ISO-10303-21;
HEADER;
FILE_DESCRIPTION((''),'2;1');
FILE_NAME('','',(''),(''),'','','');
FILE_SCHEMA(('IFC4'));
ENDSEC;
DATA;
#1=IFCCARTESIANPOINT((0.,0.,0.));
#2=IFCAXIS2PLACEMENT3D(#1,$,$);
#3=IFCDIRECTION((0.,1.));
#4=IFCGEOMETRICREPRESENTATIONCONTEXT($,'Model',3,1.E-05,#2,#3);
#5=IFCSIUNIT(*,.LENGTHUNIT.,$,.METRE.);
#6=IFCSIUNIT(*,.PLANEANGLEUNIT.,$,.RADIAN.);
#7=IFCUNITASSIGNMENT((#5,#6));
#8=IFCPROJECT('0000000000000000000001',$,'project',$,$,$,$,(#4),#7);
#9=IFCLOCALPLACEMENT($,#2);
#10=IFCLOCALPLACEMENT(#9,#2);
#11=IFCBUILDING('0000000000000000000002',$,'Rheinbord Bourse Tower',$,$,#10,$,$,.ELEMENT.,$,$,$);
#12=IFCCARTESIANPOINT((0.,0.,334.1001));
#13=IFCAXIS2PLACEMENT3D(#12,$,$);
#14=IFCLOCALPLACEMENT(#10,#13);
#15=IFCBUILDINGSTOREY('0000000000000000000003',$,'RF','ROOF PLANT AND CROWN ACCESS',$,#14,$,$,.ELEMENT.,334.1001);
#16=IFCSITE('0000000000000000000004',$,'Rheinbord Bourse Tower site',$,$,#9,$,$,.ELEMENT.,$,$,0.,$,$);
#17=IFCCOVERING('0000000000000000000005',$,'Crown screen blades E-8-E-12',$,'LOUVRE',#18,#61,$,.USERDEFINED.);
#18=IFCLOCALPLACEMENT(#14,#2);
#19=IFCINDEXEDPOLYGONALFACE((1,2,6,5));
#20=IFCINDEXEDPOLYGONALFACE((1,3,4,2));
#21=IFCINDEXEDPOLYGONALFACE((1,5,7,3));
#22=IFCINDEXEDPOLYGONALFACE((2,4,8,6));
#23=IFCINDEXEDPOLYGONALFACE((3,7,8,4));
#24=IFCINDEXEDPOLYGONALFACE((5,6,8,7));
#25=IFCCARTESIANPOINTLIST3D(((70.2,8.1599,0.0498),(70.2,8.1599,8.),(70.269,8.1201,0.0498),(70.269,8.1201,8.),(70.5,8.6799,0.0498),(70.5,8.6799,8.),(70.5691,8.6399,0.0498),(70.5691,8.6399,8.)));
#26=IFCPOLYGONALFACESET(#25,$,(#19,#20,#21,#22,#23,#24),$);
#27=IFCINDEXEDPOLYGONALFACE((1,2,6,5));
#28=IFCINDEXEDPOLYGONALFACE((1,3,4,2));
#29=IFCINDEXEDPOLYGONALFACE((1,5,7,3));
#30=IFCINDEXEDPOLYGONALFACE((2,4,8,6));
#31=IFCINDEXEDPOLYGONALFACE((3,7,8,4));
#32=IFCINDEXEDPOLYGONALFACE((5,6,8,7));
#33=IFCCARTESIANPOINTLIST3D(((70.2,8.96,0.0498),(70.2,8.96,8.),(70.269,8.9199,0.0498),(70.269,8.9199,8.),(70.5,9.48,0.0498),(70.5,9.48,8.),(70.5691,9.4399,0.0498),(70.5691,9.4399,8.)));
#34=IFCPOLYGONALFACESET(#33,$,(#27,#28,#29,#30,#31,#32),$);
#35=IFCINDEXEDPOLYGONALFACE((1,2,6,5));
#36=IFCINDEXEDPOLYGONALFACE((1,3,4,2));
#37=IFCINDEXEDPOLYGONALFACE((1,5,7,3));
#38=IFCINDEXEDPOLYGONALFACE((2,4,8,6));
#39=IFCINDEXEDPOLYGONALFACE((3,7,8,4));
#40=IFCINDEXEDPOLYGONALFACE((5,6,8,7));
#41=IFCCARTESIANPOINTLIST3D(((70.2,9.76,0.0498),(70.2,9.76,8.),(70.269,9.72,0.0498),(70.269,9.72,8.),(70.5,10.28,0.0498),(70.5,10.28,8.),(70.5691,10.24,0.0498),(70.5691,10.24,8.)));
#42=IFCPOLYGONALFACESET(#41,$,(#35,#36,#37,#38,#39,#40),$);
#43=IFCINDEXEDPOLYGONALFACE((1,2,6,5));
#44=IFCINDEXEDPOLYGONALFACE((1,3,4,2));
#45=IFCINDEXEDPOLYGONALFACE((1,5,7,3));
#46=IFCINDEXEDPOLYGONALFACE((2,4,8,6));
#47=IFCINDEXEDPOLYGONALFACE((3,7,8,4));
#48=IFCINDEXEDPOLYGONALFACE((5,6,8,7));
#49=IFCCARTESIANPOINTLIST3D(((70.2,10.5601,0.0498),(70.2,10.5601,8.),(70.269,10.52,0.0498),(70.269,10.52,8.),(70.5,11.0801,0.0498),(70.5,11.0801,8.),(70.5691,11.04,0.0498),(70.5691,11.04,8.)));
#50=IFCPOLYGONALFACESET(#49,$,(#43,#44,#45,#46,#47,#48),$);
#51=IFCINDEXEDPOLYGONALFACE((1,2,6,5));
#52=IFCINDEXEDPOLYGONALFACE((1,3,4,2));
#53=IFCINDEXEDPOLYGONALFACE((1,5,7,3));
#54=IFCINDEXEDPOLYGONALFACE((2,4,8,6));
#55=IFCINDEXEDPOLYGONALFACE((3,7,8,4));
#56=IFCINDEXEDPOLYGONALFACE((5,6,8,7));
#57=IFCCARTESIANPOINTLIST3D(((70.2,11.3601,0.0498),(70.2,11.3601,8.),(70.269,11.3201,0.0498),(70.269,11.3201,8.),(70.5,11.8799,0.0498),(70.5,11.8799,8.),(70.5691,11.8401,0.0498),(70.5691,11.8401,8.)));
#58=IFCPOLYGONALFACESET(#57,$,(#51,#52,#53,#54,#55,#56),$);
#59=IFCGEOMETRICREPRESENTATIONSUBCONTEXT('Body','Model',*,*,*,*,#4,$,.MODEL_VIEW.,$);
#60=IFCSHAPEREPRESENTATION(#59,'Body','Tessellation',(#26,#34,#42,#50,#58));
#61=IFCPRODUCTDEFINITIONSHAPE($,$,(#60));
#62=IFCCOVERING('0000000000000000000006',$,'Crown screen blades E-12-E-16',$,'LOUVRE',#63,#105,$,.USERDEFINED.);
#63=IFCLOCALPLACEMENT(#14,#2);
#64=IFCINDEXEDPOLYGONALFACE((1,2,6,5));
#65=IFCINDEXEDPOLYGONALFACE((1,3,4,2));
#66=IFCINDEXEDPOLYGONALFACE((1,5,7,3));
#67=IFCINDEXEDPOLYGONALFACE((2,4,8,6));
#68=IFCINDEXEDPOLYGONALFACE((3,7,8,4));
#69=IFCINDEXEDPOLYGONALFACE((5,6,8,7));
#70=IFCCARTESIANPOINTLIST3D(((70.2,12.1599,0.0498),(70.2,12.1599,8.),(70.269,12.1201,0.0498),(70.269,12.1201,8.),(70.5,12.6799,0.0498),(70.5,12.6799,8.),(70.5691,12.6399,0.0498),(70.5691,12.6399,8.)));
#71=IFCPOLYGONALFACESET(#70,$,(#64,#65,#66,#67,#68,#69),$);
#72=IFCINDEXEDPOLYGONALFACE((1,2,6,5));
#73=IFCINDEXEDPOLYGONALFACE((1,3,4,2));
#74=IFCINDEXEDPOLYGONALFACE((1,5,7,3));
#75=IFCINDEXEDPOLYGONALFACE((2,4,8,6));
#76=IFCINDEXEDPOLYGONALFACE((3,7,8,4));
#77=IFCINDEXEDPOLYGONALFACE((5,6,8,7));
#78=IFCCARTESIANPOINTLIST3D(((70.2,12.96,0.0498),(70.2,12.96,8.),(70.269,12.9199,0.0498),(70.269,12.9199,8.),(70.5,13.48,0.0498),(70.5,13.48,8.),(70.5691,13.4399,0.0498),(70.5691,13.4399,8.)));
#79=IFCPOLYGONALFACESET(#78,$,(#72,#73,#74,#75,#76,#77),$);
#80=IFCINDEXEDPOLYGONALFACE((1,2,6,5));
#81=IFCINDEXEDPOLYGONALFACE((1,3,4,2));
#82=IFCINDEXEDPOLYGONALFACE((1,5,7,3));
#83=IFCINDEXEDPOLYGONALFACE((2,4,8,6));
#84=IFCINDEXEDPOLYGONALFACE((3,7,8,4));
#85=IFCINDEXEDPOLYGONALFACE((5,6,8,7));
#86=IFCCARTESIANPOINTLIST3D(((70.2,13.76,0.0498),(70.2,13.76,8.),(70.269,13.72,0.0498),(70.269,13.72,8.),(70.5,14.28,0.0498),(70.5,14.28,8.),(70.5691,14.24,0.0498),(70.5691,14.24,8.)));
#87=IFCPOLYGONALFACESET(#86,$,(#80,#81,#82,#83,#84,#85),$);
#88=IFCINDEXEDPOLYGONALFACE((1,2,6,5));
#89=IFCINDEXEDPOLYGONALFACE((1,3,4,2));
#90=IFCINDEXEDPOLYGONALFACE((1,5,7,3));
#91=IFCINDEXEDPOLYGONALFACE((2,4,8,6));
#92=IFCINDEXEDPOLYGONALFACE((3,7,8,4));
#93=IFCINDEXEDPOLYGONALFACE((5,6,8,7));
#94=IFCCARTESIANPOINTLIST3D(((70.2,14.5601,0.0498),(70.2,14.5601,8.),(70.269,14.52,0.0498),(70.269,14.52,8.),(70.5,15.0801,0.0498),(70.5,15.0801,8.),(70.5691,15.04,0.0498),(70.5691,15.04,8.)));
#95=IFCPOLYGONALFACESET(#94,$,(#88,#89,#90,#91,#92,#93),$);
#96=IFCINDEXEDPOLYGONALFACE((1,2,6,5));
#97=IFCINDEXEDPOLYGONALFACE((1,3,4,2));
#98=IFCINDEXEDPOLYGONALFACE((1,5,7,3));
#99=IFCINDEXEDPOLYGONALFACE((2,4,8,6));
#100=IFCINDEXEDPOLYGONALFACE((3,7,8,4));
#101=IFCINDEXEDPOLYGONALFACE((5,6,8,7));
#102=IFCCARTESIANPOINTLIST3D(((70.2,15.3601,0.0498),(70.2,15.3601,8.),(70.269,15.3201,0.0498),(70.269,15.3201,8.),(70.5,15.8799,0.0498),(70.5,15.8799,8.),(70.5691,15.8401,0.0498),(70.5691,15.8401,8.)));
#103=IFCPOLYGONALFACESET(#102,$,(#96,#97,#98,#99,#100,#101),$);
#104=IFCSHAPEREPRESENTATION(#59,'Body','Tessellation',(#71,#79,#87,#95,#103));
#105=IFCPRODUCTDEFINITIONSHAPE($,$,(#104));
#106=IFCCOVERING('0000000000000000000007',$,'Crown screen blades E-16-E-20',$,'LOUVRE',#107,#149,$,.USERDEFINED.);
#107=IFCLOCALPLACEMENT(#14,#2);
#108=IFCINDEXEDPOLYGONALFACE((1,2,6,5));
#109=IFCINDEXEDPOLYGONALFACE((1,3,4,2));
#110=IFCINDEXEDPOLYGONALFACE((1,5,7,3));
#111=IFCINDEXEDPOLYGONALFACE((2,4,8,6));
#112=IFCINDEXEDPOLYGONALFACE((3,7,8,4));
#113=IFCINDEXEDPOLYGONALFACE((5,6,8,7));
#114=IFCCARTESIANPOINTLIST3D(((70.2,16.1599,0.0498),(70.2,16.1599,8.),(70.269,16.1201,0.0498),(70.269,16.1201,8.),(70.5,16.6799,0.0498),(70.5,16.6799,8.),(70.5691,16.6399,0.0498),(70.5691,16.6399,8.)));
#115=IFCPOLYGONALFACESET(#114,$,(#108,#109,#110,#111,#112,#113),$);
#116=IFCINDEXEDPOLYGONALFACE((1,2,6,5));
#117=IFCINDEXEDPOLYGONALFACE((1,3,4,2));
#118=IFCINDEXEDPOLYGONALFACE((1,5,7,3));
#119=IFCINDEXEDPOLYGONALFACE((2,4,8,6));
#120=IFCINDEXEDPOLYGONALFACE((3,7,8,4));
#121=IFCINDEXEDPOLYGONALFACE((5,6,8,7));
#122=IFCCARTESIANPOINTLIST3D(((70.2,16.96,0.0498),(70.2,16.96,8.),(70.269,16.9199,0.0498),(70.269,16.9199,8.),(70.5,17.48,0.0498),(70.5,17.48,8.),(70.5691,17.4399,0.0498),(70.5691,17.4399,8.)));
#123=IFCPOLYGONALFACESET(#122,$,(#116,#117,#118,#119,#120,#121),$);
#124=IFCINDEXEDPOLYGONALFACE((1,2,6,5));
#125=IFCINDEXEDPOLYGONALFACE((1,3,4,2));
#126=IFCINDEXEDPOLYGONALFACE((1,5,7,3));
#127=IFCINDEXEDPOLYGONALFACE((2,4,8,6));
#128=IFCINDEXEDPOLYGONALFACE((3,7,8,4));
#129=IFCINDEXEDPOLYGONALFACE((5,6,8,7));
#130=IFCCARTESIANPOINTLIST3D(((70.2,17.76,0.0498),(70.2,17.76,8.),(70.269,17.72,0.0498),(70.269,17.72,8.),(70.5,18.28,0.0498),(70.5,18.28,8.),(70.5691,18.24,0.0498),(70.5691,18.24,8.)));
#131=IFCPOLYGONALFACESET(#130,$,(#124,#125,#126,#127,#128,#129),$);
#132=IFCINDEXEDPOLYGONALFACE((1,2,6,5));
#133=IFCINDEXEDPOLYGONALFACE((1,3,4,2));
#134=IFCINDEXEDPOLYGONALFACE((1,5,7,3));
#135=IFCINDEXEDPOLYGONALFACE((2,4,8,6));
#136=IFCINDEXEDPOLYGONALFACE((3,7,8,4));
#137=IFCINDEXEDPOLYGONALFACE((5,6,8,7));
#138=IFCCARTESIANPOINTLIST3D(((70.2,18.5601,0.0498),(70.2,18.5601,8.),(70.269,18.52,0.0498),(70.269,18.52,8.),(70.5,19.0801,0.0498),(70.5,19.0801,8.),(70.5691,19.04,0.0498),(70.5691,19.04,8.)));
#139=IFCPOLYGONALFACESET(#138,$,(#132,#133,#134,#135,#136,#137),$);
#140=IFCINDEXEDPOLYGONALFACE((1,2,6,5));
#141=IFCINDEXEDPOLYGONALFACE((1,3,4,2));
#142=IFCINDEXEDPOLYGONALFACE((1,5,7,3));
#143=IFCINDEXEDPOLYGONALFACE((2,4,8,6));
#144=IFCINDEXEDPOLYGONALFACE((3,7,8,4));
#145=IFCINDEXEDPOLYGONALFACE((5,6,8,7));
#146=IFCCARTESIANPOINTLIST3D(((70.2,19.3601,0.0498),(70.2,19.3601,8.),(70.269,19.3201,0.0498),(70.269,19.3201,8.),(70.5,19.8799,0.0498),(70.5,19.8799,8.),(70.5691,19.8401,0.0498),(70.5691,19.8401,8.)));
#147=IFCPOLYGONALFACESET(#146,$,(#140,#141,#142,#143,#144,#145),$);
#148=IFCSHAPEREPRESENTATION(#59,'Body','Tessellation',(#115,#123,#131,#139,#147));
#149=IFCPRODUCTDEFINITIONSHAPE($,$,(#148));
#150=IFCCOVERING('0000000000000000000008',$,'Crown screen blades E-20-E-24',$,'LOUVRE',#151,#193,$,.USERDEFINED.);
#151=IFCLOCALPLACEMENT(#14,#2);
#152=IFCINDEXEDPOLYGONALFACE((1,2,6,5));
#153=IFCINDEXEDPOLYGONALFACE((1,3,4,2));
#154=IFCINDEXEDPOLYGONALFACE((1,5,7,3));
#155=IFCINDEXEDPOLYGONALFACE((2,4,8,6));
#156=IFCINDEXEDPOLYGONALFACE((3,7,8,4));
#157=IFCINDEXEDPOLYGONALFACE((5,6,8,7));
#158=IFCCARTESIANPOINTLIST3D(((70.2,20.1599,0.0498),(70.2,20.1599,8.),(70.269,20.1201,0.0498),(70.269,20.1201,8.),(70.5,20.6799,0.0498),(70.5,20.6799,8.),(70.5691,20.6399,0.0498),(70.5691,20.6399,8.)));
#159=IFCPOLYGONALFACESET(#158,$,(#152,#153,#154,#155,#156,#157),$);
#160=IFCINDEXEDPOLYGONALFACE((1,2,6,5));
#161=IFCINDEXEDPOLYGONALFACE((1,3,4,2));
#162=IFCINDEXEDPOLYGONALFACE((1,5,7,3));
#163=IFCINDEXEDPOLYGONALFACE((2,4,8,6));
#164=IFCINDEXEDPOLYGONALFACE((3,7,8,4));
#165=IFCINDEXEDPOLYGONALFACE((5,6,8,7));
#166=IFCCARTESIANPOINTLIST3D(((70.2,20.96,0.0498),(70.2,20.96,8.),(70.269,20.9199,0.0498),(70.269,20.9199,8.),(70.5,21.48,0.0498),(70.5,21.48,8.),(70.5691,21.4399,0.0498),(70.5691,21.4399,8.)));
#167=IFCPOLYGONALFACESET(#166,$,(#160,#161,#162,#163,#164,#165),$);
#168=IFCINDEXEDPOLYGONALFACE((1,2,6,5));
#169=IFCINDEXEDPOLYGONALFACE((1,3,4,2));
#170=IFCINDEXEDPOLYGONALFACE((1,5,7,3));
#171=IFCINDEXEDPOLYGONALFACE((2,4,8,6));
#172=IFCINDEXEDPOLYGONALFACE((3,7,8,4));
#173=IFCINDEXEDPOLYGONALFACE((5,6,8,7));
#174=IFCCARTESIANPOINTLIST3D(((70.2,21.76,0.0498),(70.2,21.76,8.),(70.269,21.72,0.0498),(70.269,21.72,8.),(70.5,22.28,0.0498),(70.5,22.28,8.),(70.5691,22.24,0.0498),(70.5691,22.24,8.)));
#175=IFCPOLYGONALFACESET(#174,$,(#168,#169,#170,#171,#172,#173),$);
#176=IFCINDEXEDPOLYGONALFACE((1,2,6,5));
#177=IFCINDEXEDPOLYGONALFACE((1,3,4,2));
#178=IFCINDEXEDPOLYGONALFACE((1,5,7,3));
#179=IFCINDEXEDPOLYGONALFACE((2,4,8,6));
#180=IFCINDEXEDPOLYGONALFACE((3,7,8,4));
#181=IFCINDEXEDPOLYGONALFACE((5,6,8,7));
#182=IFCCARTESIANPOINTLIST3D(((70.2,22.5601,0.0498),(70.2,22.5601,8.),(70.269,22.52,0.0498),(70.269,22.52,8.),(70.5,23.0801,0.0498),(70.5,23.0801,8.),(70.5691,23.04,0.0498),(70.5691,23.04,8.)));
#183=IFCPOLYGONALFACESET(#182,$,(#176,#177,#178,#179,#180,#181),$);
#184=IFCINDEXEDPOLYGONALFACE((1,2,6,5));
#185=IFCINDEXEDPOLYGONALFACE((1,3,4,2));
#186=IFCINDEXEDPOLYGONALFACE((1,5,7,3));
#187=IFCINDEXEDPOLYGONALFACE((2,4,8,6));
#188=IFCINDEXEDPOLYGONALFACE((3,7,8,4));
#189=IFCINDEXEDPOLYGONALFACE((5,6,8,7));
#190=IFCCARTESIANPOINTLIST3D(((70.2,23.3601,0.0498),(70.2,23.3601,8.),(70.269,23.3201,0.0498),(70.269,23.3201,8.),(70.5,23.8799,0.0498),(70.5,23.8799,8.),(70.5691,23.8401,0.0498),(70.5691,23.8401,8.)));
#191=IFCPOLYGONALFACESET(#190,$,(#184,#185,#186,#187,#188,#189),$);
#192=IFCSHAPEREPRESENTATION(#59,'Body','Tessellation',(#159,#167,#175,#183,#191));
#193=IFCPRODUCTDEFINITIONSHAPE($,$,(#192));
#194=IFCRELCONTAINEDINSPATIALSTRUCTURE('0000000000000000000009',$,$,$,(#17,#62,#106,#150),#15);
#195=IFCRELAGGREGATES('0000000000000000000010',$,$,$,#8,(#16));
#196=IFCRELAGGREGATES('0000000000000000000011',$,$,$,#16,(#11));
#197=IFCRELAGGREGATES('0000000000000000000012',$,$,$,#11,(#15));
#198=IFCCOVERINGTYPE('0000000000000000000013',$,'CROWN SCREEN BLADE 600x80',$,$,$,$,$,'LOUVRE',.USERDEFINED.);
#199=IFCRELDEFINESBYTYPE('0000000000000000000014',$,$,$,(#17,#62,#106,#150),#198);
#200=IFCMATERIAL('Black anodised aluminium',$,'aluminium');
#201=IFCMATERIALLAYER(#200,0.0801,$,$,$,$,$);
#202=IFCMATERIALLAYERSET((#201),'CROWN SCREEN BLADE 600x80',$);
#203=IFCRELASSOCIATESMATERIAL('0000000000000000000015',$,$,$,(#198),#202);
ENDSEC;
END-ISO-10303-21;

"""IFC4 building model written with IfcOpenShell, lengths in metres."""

from ifc_helpers import new_model, si_unit, direction, frame, origin, place, context, subcontext, project, spatial, polyline, outline, extrude, material, layer, layer_set, type_object, element, save


model = new_model("IFC4")

# Units and contexts
model_context = context("Model", 3, precision=1e-05, world=origin(), true_north=direction((0.0, 1.0)))
body_context = subcontext(model_context, "Body", "Model", "MODEL_VIEW")
ifc_project = project(units=[si_unit("LENGTHUNIT", "METRE"), si_unit("PLANEANGLEUNIT", "RADIAN")], contexts=[model_context])

# Site, building, storey
site_placement = place(None, origin())
site = spatial("IfcSite", under=ifc_project, at=site_placement, Name="Rheinbord Bourse Tower site", CompositionType="ELEMENT", RefElevation=0.0)
building_placement = place(site_placement, origin())
building = spatial("IfcBuilding", under=site, at=building_placement, Name="Rheinbord Bourse Tower", CompositionType="ELEMENT")
storey_placement = place(building_placement, frame((0.0, 0.0, 334.1001)))
storey = spatial("IfcBuildingStorey", under=building, at=storey_placement, Name="RF", Description="ROOF PLANT AND CROWN ACCESS", CompositionType="ELEMENT", Elevation=334.1001)

# Coverings
ifc_material = material(Name="Black anodised aluminium", Category="aluminium")
ifc_layer = layer(ifc_material, 0.0801)
ifc_layer_set = layer_set([ifc_layer], Name="CROWN SCREEN BLADE 600x80")
covering_type = type_object("IfcCoveringType", Name="CROWN SCREEN BLADE 600x80", ElementType="LOUVRE", PredefinedType="USERDEFINED", material=ifc_layer_set)
covering_1_placement = place(storey_placement, frame((0.0, 0.0, 0.0498)))
element("IfcCovering", 1, at=covering_1_placement, inside=storey, type_object=covering_type, Name="Crown screen blades E-8-E-12", ObjectType="LOUVRE", PredefinedType="USERDEFINED", context=body_context, shape_type="SweptSolid", body=[
    extrude(outline(polyline([(70.2, 8.1599), (70.5, 8.6799), (70.5691, 8.6399), (70.269, 8.1201), (70.2, 8.1599)])), origin(), (0.0, 0.0, 1.0), 7.9502),
    extrude(outline(polyline([(70.2, 8.96), (70.5, 9.48), (70.5691, 9.4399), (70.269, 8.9199), (70.2, 8.96)])), origin(), (0.0, 0.0, 1.0), 7.9502),
    extrude(outline(polyline([(70.2, 9.76), (70.5, 10.28), (70.5691, 10.24), (70.269, 9.72), (70.2, 9.76)])), origin(), (0.0, 0.0, 1.0), 7.9502),
    extrude(outline(polyline([(70.2, 10.5601), (70.5, 11.0801), (70.5691, 11.04), (70.269, 10.52), (70.2, 10.5601)])), origin(), (0.0, 0.0, 1.0), 7.9502),
    extrude(outline(polyline([(70.2, 11.3601), (70.5, 11.8799), (70.5691, 11.8401), (70.269, 11.3201), (70.2, 11.3601)])), origin(), (0.0, 0.0, 1.0), 7.9502),
])
covering_2_placement = place(storey_placement, frame((0.0, 0.0, 0.0498)))
element("IfcCovering", 2, at=covering_2_placement, inside=storey, type_object=covering_type, Name="Crown screen blades E-12-E-16", ObjectType="LOUVRE", PredefinedType="USERDEFINED", context=body_context, shape_type="SweptSolid", body=[
    extrude(outline(polyline([(70.2, 12.1599), (70.5, 12.6799), (70.5691, 12.6399), (70.269, 12.1201), (70.2, 12.1599)])), origin(), (0.0, 0.0, 1.0), 7.9502),
    extrude(outline(polyline([(70.2, 12.96), (70.5, 13.48), (70.5691, 13.4399), (70.269, 12.9199), (70.2, 12.96)])), origin(), (0.0, 0.0, 1.0), 7.9502),
    extrude(outline(polyline([(70.2, 13.76), (70.5, 14.28), (70.5691, 14.24), (70.269, 13.72), (70.2, 13.76)])), origin(), (0.0, 0.0, 1.0), 7.9502),
    extrude(outline(polyline([(70.2, 14.5601), (70.5, 15.0801), (70.5691, 15.04), (70.269, 14.52), (70.2, 14.5601)])), origin(), (0.0, 0.0, 1.0), 7.9502),
    extrude(outline(polyline([(70.2, 15.3601), (70.5, 15.8799), (70.5691, 15.8401), (70.269, 15.3201), (70.2, 15.3601)])), origin(), (0.0, 0.0, 1.0), 7.9502),
])
covering_3_placement = place(storey_placement, frame((0.0, 0.0, 0.0498)))
element("IfcCovering", 3, at=covering_3_placement, inside=storey, type_object=covering_type, Name="Crown screen blades E-16-E-20", ObjectType="LOUVRE", PredefinedType="USERDEFINED", context=body_context, shape_type="SweptSolid", body=[
    extrude(outline(polyline([(70.2, 16.1599), (70.5, 16.6799), (70.5691, 16.6399), (70.269, 16.1201), (70.2, 16.1599)])), origin(), (0.0, 0.0, 1.0), 7.9502),
    extrude(outline(polyline([(70.2, 16.96), (70.5, 17.48), (70.5691, 17.4399), (70.269, 16.9199), (70.2, 16.96)])), origin(), (0.0, 0.0, 1.0), 7.9502),
    extrude(outline(polyline([(70.2, 17.76), (70.5, 18.28), (70.5691, 18.24), (70.269, 17.72), (70.2, 17.76)])), origin(), (0.0, 0.0, 1.0), 7.9502),
    extrude(outline(polyline([(70.2, 18.5601), (70.5, 19.0801), (70.5691, 19.04), (70.269, 18.52), (70.2, 18.5601)])), origin(), (0.0, 0.0, 1.0), 7.9502),
    extrude(outline(polyline([(70.2, 19.3601), (70.5, 19.8799), (70.5691, 19.8401), (70.269, 19.3201), (70.2, 19.3601)])), origin(), (0.0, 0.0, 1.0), 7.9502),
])
covering_4_placement = place(storey_placement, frame((0.0, 0.0, 0.0498)))
element("IfcCovering", 4, at=covering_4_placement, inside=storey, type_object=covering_type, Name="Crown screen blades E-20-E-24", ObjectType="LOUVRE", PredefinedType="USERDEFINED", context=body_context, shape_type="SweptSolid", body=[
    extrude(outline(polyline([(70.2, 20.1599), (70.5, 20.6799), (70.5691, 20.6399), (70.269, 20.1201), (70.2, 20.1599)])), origin(), (0.0, 0.0, 1.0), 7.9502),
    extrude(outline(polyline([(70.2, 20.96), (70.5, 21.48), (70.5691, 21.4399), (70.269, 20.9199), (70.2, 20.96)])), origin(), (0.0, 0.0, 1.0), 7.9502),
    extrude(outline(polyline([(70.2, 21.76), (70.5, 22.28), (70.5691, 22.24), (70.269, 21.72), (70.2, 21.76)])), origin(), (0.0, 0.0, 1.0), 7.9502),
    extrude(outline(polyline([(70.2, 22.5601), (70.5, 23.0801), (70.5691, 23.04), (70.269, 22.52), (70.2, 22.5601)])), origin(), (0.0, 0.0, 1.0), 7.9502),
    extrude(outline(polyline([(70.2, 23.3601), (70.5, 23.8799), (70.5691, 23.8401), (70.269, 23.3201), (70.2, 23.3601)])), origin(), (0.0, 0.0, 1.0), 7.9502),
])

save(model, "model.ifc")
